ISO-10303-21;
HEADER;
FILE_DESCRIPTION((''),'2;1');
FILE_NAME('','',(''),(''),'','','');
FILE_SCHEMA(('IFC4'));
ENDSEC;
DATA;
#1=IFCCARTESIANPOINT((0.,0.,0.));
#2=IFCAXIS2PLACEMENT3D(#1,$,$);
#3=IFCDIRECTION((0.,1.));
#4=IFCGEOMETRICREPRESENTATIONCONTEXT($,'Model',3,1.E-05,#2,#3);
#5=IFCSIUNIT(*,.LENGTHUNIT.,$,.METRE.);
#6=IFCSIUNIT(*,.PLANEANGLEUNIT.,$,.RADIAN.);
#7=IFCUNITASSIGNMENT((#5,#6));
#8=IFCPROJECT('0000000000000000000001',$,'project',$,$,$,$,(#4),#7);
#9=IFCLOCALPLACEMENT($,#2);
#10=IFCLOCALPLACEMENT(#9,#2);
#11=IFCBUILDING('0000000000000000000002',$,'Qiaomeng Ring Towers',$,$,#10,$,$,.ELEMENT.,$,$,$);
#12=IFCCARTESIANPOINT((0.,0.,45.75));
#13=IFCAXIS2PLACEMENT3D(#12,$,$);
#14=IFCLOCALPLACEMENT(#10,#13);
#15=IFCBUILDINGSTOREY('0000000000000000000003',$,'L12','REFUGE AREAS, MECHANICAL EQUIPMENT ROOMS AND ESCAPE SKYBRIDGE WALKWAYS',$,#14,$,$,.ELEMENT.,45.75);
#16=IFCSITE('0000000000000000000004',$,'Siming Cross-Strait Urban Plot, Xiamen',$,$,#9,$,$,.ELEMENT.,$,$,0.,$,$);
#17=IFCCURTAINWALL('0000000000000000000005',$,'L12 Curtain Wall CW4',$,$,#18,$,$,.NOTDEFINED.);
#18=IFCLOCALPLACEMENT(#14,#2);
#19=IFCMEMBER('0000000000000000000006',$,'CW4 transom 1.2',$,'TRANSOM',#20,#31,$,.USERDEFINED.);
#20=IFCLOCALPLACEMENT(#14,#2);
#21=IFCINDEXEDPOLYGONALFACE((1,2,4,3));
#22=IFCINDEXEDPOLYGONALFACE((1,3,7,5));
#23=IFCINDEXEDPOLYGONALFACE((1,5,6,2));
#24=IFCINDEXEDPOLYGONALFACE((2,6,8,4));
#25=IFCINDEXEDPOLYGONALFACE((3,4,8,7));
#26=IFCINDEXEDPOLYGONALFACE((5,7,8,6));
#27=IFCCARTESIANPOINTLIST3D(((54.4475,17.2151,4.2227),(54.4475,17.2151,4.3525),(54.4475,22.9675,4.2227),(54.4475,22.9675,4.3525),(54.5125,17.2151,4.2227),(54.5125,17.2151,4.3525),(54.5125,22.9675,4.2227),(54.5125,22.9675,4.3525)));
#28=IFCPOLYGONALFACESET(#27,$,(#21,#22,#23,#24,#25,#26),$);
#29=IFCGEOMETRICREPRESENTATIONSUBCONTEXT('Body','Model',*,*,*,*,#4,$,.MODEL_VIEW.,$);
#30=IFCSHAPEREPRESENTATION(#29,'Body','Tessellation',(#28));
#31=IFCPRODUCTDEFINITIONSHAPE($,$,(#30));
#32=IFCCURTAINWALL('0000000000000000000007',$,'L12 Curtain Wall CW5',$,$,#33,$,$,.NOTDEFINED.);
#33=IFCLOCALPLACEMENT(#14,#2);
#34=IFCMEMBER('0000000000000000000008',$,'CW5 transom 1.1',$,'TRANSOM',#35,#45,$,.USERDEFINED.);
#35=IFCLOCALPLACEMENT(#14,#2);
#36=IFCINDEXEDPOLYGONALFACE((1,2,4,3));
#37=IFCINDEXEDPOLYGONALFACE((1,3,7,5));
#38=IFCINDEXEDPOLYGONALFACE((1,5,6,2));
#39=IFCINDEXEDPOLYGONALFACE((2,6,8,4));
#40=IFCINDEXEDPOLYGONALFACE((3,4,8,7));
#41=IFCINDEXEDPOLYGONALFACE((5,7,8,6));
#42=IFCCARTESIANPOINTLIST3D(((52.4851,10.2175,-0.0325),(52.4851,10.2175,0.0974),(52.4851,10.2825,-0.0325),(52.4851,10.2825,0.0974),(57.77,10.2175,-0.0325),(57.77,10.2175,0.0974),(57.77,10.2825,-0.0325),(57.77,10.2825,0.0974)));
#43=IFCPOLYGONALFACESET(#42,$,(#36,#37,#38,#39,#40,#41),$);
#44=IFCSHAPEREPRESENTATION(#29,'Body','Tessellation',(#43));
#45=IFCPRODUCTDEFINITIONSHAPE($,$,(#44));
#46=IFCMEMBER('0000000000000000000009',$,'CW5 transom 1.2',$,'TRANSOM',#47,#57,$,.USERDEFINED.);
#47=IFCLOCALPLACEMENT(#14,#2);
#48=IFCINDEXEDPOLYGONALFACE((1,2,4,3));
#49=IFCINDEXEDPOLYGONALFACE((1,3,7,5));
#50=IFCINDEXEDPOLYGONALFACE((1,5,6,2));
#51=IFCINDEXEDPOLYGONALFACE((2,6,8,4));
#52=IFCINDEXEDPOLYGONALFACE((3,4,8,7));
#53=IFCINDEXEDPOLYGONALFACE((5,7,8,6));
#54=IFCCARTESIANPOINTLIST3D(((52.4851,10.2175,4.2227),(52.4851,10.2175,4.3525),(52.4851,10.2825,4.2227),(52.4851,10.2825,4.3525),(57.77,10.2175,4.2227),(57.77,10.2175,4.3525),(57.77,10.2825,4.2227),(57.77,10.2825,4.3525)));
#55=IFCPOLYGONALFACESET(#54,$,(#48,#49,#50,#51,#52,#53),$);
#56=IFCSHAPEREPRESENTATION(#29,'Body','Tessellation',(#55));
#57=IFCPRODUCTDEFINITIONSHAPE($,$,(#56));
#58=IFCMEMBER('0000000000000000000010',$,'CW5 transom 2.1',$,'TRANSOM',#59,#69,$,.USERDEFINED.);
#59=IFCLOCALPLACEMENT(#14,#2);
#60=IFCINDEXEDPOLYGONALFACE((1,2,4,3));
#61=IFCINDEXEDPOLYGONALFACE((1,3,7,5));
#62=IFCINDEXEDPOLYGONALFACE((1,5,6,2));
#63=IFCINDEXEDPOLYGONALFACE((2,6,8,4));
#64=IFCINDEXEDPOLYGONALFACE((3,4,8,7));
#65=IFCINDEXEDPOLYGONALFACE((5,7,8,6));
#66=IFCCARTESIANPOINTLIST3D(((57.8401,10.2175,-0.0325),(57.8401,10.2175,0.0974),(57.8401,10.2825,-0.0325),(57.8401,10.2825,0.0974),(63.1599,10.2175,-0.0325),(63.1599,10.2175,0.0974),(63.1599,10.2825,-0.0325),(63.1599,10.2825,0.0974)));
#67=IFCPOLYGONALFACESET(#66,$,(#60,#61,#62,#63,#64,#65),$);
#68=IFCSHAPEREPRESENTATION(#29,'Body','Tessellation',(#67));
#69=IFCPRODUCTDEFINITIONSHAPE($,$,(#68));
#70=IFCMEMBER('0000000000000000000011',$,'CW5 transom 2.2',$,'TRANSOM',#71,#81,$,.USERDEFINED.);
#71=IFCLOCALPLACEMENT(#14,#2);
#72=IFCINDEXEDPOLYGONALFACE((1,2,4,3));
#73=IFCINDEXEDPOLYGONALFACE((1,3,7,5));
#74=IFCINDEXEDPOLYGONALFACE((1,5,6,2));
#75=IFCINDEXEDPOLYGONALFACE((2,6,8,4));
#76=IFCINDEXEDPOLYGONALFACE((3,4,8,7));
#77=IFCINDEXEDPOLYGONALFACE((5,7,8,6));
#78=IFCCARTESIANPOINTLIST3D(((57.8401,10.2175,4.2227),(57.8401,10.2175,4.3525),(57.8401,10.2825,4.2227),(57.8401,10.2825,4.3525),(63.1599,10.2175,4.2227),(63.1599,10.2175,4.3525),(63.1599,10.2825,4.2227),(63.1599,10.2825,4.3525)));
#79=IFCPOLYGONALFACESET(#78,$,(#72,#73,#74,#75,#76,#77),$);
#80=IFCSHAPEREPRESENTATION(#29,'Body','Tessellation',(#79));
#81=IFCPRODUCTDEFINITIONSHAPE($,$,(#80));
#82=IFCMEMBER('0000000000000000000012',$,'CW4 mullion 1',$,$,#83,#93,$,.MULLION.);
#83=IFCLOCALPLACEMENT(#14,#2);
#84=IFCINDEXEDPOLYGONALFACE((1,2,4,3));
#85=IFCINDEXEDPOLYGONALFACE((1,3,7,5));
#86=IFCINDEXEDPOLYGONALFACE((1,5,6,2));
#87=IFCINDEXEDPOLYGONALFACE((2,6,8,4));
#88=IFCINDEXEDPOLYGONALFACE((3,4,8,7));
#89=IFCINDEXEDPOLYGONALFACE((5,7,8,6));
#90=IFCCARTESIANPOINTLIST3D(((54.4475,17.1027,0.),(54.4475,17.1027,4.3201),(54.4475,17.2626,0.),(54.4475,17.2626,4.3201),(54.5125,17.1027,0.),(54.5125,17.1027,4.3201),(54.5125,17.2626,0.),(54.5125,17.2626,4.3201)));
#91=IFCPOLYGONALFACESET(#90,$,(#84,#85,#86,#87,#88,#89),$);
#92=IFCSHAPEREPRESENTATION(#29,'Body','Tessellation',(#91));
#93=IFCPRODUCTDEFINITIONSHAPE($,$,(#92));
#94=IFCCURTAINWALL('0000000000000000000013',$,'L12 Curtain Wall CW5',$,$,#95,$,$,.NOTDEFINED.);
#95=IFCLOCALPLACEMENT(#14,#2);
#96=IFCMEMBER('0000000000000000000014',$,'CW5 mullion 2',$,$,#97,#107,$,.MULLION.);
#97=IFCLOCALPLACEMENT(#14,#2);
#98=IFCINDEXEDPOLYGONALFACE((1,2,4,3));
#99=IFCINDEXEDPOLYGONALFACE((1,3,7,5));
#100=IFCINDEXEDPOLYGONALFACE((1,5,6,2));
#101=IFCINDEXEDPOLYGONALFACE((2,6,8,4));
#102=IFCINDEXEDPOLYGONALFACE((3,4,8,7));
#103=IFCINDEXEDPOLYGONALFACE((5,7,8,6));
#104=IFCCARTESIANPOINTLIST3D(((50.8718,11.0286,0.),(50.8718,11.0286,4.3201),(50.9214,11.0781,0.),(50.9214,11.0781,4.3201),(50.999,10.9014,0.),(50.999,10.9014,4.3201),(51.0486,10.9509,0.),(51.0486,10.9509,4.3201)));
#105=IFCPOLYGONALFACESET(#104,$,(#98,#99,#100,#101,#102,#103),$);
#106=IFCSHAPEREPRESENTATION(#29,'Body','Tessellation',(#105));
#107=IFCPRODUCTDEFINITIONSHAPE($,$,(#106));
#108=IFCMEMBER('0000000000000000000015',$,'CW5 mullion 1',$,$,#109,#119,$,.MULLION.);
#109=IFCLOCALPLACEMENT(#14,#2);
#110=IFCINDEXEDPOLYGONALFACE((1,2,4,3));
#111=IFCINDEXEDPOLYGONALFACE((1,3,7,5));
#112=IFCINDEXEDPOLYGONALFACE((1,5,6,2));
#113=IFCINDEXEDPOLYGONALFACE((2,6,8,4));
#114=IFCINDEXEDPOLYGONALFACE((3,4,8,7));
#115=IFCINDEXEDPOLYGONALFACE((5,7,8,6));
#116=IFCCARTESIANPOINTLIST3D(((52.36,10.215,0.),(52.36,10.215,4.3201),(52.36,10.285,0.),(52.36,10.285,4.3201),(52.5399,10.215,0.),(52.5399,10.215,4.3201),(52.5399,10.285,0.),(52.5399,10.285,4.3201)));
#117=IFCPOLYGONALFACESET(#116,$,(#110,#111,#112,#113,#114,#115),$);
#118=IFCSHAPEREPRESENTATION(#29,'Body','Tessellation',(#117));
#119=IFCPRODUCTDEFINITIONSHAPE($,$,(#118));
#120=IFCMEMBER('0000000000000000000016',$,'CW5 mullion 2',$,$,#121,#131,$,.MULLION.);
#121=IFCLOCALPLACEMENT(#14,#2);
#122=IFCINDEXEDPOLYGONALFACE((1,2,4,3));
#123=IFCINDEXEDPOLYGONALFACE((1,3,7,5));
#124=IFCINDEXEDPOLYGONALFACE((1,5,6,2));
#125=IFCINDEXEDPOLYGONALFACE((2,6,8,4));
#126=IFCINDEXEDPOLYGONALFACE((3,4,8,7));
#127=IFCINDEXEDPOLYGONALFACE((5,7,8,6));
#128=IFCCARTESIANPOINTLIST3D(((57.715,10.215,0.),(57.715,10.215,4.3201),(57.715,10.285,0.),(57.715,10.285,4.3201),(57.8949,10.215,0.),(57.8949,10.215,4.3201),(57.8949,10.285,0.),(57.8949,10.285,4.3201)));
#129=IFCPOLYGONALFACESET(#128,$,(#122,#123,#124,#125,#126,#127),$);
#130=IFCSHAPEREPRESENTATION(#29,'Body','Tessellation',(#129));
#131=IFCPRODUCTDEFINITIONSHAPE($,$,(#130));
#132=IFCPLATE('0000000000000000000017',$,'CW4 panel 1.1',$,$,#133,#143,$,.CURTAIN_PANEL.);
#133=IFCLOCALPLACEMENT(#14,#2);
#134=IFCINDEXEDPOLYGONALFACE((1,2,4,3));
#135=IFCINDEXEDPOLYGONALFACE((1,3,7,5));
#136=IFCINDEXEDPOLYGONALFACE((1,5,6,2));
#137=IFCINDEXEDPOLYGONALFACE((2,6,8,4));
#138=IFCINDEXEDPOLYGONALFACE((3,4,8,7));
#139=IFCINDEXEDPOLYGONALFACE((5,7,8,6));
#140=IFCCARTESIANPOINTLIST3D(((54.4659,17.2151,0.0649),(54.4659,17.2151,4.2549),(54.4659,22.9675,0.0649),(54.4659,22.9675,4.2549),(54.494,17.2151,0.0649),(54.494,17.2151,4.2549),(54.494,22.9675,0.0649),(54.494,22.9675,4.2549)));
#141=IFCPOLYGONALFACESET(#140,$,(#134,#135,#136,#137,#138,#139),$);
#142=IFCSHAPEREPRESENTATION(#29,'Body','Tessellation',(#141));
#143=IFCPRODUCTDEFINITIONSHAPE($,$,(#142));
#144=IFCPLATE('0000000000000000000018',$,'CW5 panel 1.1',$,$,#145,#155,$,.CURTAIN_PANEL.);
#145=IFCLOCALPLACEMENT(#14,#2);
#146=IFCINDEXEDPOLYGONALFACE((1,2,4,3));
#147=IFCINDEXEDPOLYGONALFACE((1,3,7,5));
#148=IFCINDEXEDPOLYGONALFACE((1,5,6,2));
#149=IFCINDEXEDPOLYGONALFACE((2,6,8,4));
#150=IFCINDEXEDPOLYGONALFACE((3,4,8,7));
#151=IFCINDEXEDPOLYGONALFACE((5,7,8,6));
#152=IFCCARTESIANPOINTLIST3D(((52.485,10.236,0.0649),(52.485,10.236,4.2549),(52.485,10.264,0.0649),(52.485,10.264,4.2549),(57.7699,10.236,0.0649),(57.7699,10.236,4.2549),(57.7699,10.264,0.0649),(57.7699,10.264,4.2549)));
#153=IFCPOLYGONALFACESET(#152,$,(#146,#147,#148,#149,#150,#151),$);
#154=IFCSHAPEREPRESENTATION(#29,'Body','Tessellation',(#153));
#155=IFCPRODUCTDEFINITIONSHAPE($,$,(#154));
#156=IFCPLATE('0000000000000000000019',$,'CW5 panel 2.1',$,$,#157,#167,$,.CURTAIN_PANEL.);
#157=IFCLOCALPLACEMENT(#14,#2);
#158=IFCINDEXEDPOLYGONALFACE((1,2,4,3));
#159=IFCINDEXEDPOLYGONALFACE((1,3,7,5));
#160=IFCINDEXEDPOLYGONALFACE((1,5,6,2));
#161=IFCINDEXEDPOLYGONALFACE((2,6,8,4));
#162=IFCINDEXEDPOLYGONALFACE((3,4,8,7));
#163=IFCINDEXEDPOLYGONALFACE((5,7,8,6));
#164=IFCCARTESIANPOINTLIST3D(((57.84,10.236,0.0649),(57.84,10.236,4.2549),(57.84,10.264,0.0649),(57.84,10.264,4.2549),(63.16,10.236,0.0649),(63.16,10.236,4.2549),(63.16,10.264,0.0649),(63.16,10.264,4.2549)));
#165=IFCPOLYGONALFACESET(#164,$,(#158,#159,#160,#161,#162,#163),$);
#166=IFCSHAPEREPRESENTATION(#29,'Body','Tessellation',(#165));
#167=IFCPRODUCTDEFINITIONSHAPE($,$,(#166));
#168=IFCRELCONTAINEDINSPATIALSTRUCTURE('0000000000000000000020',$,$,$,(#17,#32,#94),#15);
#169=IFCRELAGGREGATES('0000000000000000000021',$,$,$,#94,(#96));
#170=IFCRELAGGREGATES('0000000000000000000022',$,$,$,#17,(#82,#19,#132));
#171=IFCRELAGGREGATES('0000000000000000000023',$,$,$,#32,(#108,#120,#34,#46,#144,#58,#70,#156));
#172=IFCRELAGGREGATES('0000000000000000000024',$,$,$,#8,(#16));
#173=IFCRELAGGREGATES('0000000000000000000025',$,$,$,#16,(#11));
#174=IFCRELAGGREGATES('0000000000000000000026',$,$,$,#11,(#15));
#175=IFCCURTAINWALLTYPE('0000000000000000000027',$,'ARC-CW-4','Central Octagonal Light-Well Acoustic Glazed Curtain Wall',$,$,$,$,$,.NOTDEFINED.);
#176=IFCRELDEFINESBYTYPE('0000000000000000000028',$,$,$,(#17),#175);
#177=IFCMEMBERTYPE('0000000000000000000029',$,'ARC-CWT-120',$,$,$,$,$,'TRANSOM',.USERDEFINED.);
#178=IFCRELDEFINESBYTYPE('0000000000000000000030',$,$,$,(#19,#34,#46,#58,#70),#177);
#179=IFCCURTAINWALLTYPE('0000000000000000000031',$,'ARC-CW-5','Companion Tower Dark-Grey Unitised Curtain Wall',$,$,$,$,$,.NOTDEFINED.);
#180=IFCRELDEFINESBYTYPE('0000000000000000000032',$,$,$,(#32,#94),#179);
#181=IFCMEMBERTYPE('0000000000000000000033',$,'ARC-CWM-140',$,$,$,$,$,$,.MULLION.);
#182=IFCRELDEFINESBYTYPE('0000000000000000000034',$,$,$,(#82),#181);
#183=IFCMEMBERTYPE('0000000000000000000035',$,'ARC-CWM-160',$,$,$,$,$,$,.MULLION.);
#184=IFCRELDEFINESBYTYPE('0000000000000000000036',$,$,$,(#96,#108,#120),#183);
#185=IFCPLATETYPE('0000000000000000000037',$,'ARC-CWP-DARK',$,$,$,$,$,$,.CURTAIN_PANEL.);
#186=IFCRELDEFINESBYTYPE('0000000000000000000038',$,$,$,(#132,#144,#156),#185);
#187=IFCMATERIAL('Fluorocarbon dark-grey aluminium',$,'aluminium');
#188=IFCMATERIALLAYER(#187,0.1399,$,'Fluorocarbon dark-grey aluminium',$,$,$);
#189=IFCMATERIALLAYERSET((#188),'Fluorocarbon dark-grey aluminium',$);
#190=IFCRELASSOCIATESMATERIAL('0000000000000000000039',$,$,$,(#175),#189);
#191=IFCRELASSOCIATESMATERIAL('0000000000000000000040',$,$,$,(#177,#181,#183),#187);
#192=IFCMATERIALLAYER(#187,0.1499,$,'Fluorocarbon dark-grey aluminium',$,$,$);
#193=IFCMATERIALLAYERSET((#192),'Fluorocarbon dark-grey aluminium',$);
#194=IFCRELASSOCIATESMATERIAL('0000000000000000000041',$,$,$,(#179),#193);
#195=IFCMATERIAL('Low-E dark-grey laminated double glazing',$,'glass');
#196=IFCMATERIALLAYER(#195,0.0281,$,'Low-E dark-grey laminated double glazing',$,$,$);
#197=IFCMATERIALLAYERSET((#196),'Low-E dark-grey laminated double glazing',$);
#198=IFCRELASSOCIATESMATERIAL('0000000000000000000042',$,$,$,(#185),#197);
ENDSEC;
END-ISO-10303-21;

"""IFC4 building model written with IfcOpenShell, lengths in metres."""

from ifc_helpers import new_model, si_unit, direction, frame, origin, origin_2d, place, context, subcontext, project, spatial, rectangle, extrude, source, transform, mapped, material, layer, layer_set, material_profile, profile_set, type_object, element, aggregate, save


model = new_model("IFC4")

# Units and contexts
model_context = context("Model", 3, precision=1e-05, world=origin(), true_north=direction((0.0, 1.0)))
body_context = subcontext(model_context, "Body", "Model", "MODEL_VIEW")
ifc_project = project(units=[si_unit("LENGTHUNIT", "METRE"), si_unit("PLANEANGLEUNIT", "RADIAN")], contexts=[model_context])

# Site, building, storey
site_placement = place(None, origin())
site = spatial("IfcSite", under=ifc_project, at=site_placement, Name="Siming Cross-Strait Urban Plot, Xiamen", CompositionType="ELEMENT", RefElevation=0.0)
building_placement = place(site_placement, origin())
building = spatial("IfcBuilding", under=site, at=building_placement, Name="Qiaomeng Ring Towers", CompositionType="ELEMENT")
storey_placement = place(building_placement, frame((0.0, 0.0, 45.75)))
storey = spatial("IfcBuildingStorey", under=building, at=storey_placement, Name="L12", Description="REFUGE AREAS, MECHANICAL EQUIPMENT ROOMS AND ESCAPE SKYBRIDGE WALKWAYS", CompositionType="ELEMENT", Elevation=45.75)

# Curtain walls, members
ifc_material_1 = material(Name="Fluorocarbon dark-grey aluminium", Category="aluminium")
ifc_layer_1 = layer(ifc_material_1, 0.1399, Name="Fluorocarbon dark-grey aluminium")
ifc_layer_set_1 = layer_set([ifc_layer_1], Name="Fluorocarbon dark-grey aluminium")
curtain_wall_type_1 = type_object("IfcCurtainWallType", Name="ARC-CW-4", Description="Central Octagonal Light-Well Acoustic Glazed Curtain Wall", PredefinedType="NOTDEFINED", material=ifc_layer_set_1)
curtain_wall_1_placement = place(storey_placement, origin())
curtain_wall_1 = element("IfcCurtainWall", 1, at=curtain_wall_1_placement, inside=storey, type_object=curtain_wall_type_1, Name="L12 Curtain Wall CW4", PredefinedType="NOTDEFINED")
ifc_material_profile_1 = material_profile(ifc_material_1, rectangle(XDim=0.0649, YDim=0.1299, at=origin_2d()), Name="ALU TRAN 65x130")
ifc_profile_set_1 = profile_set([ifc_material_profile_1], Name="Fluorocarbon dark-grey aluminium")
member_type_1 = type_object("IfcMemberType", Name="ARC-CWT-120", ElementType="TRANSOM", PredefinedType="USERDEFINED", material=ifc_profile_set_1)
shared_shape_1 = source(origin(), body_context, "Body", "SweptSolid", [
    extrude(rectangle(XDim=0.0649, YDim=0.1299, at=origin_2d()), origin(), (0.0, 0.0, 1.0), 5.7524),
])
member_1_placement = place(storey_placement, frame((54.48, 17.2151, 4.2876), z_axis=(0.0, 1.0, 0.0), x_axis=(-1.0, 0.0, 0.0)))
member_1 = element("IfcMember", 2, at=member_1_placement, type_object=member_type_1, Name="CW4 transom 1.2", ObjectType="TRANSOM", PredefinedType="USERDEFINED", context=body_context, shape_type="MappedRepresentation", body=[
    mapped(shared_shape_1, transform((0.0, 0.0, 0.0), x_axis=(1.0, 0.0, 0.0), y_axis=(0.0, 1.0, 0.0), z_axis=(0.0, 0.0, 1.0), scale=1.0)),
])
ifc_layer_2 = layer(ifc_material_1, 0.1499, Name="Fluorocarbon dark-grey aluminium")
ifc_layer_set_2 = layer_set([ifc_layer_2], Name="Fluorocarbon dark-grey aluminium")
curtain_wall_type_2 = type_object("IfcCurtainWallType", Name="ARC-CW-5", Description="Companion Tower Dark-Grey Unitised Curtain Wall", PredefinedType="NOTDEFINED", material=ifc_layer_set_2)
curtain_wall_2_placement = place(storey_placement, origin())
curtain_wall_2 = element("IfcCurtainWall", 3, at=curtain_wall_2_placement, inside=storey, type_object=curtain_wall_type_2, Name="L12 Curtain Wall CW5", PredefinedType="NOTDEFINED")
shared_shape_2 = source(origin(), body_context, "Body", "SweptSolid", [
    extrude(rectangle(XDim=0.0649, YDim=0.1299, at=origin_2d()), origin(), (0.0, 0.0, 1.0), 5.2849),
])
member_2_placement = place(storey_placement, frame((52.4851, 10.25, 0.0325), z_axis=(1.0, 0.0, 0.0), x_axis=(0.0, 1.0, 0.0)))
member_2 = element("IfcMember", 4, at=member_2_placement, type_object=member_type_1, Name="CW5 transom 1.1", ObjectType="TRANSOM", PredefinedType="USERDEFINED", context=body_context, shape_type="MappedRepresentation", body=[
    mapped(shared_shape_2, transform((0.0, 0.0, 0.0), x_axis=(1.0, 0.0, 0.0), y_axis=(0.0, 1.0, 0.0), z_axis=(0.0, 0.0, 1.0), scale=1.0)),
])
member_3_placement = place(storey_placement, frame((52.4851, 10.25, 4.2876), z_axis=(1.0, 0.0, 0.0), x_axis=(0.0, 1.0, 0.0)))
member_3 = element("IfcMember", 5, at=member_3_placement, type_object=member_type_1, Name="CW5 transom 1.2", ObjectType="TRANSOM", PredefinedType="USERDEFINED", context=body_context, shape_type="MappedRepresentation", body=[
    mapped(shared_shape_2, transform((0.0, 0.0, 0.0), x_axis=(1.0, 0.0, 0.0), y_axis=(0.0, 1.0, 0.0), z_axis=(0.0, 0.0, 1.0), scale=1.0)),
])
shared_shape_3 = source(origin(), body_context, "Body", "SweptSolid", [
    extrude(rectangle(XDim=0.0649, YDim=0.1299, at=origin_2d()), origin(), (0.0, 0.0, 1.0), 5.3198),
])
member_4_placement = place(storey_placement, frame((57.8401, 10.25, 0.0325), z_axis=(1.0, 0.0, 0.0), x_axis=(0.0, 1.0, 0.0)))
member_4 = element("IfcMember", 6, at=member_4_placement, type_object=member_type_1, Name="CW5 transom 2.1", ObjectType="TRANSOM", PredefinedType="USERDEFINED", context=body_context, shape_type="MappedRepresentation", body=[
    mapped(shared_shape_3, transform((0.0, 0.0, 0.0), x_axis=(1.0, 0.0, 0.0), y_axis=(0.0, 1.0, 0.0), z_axis=(0.0, 0.0, 1.0), scale=1.0)),
])
member_5_placement = place(storey_placement, frame((57.8401, 10.25, 4.2876), z_axis=(1.0, 0.0, 0.0), x_axis=(0.0, 1.0, 0.0)))
member_5 = element("IfcMember", 7, at=member_5_placement, type_object=member_type_1, Name="CW5 transom 2.2", ObjectType="TRANSOM", PredefinedType="USERDEFINED", context=body_context, shape_type="MappedRepresentation", body=[
    mapped(shared_shape_3, transform((0.0, 0.0, 0.0), x_axis=(1.0, 0.0, 0.0), y_axis=(0.0, 1.0, 0.0), z_axis=(0.0, 0.0, 1.0), scale=1.0)),
])

# Member
ifc_material_profile_2 = material_profile(ifc_material_1, rectangle(XDim=0.0649, YDim=0.1599, at=origin_2d()), Name="ALU MULL 65x160")
ifc_profile_set_2 = profile_set([ifc_material_profile_2], Name="Fluorocarbon dark-grey aluminium")
member_type_2 = type_object("IfcMemberType", Name="ARC-CWM-140", PredefinedType="MULLION", material=ifc_profile_set_2)
shared_shape_4 = source(origin(), body_context, "Body", "SweptSolid", [
    extrude(rectangle(XDim=0.0649, YDim=0.1599, at=origin_2d()), origin(), (0.0, 0.0, 1.0), 4.3201),
])
member_6_placement = place(storey_placement, frame((54.48, 17.1826, 0.0), z_axis=(0.0, 0.0, 1.0), x_axis=(-1.0, 0.0, 0.0)))
member_6 = element("IfcMember", 8, at=member_6_placement, type_object=member_type_2, Name="CW4 mullion 1", PredefinedType="MULLION", context=body_context, shape_type="MappedRepresentation", body=[
    mapped(shared_shape_4, transform((0.0, 0.0, 0.0), x_axis=(1.0, 0.0, 0.0), y_axis=(0.0, 1.0, 0.0), z_axis=(0.0, 0.0, 1.0), scale=1.0)),
])

# Curtain wall, member
curtain_wall_3_placement = place(storey_placement, origin())
curtain_wall_3 = element("IfcCurtainWall", 9, at=curtain_wall_3_placement, inside=storey, type_object=curtain_wall_type_2, Name="L12 Curtain Wall CW5", PredefinedType="NOTDEFINED")
ifc_material_profile_3 = material_profile(ifc_material_1, rectangle(XDim=0.0701, YDim=0.1799, at=origin_2d()), Name="ALU MULL 70x180")
ifc_profile_set_3 = profile_set([ifc_material_profile_3], Name="Fluorocarbon dark-grey aluminium")
member_type_3 = type_object("IfcMemberType", Name="ARC-CWM-160", PredefinedType="MULLION", material=ifc_profile_set_3)
shared_shape_5 = source(origin(), body_context, "Body", "SweptSolid", [
    extrude(rectangle(XDim=0.0701, YDim=0.1799, at=origin_2d()), origin(), (0.0, 0.0, 1.0), 4.3201),
])
member_7_placement = place(storey_placement, frame((50.9602, 10.9897, 0.0), z_axis=(0.0, 0.0, 1.0), x_axis=(0.707107, 0.707107, 0.0)))
member_7 = element("IfcMember", 10, at=member_7_placement, type_object=member_type_3, Name="CW5 mullion 2", PredefinedType="MULLION", context=body_context, shape_type="MappedRepresentation", body=[
    mapped(shared_shape_5, transform((0.0, 0.0, 0.0), x_axis=(1.0, 0.0, 0.0), y_axis=(0.0, 1.0, 0.0), z_axis=(0.0, 0.0, 1.0), scale=1.0)),
])
aggregate(curtain_wall_3, [member_7])

# Members
member_8_placement = place(storey_placement, frame((52.45, 10.25, 0.0), z_axis=(0.0, 0.0, 1.0), x_axis=(0.0, 1.0, 0.0)))
member_8 = element("IfcMember", 11, at=member_8_placement, type_object=member_type_3, Name="CW5 mullion 1", PredefinedType="MULLION", context=body_context, shape_type="MappedRepresentation", body=[
    mapped(shared_shape_5, transform((0.0, 0.0, 0.0), x_axis=(1.0, 0.0, 0.0), y_axis=(0.0, 1.0, 0.0), z_axis=(0.0, 0.0, 1.0), scale=1.0)),
])
member_9_placement = place(storey_placement, frame((57.8049, 10.25, 0.0), z_axis=(0.0, 0.0, 1.0), x_axis=(0.0, 1.0, 0.0)))
member_9 = element("IfcMember", 12, at=member_9_placement, type_object=member_type_3, Name="CW5 mullion 2", PredefinedType="MULLION", context=body_context, shape_type="MappedRepresentation", body=[
    mapped(shared_shape_5, transform((0.0, 0.0, 0.0), x_axis=(1.0, 0.0, 0.0), y_axis=(0.0, 1.0, 0.0), z_axis=(0.0, 0.0, 1.0), scale=1.0)),
])

# Plates
ifc_material_2 = material(Name="Low-E dark-grey laminated double glazing", Category="glass")
ifc_layer_3 = layer(ifc_material_2, 0.0281, Name="Low-E dark-grey laminated double glazing")
ifc_layer_set_3 = layer_set([ifc_layer_3], Name="Low-E dark-grey laminated double glazing")
plate_type = type_object("IfcPlateType", Name="ARC-CWP-DARK", PredefinedType="CURTAIN_PANEL", material=ifc_layer_set_3)
shared_shape_6 = source(origin(), body_context, "Body", "SweptSolid", [
    extrude(rectangle(XDim=5.7524, YDim=0.0281, at=origin_2d()), origin(), (0.0, 0.0, 1.0), 4.1899),
])
plate_1_placement = place(storey_placement, frame((54.48, 20.0913, 0.0649), z_axis=(0.0, 0.0, 1.0), x_axis=(0.0, 1.0, 0.0)))
plate_1 = element("IfcPlate", 13, at=plate_1_placement, type_object=plate_type, Name="CW4 panel 1.1", PredefinedType="CURTAIN_PANEL", context=body_context, shape_type="MappedRepresentation", body=[
    mapped(shared_shape_6, transform((0.0, 0.0, 0.0), x_axis=(1.0, 0.0, 0.0), y_axis=(0.0, 1.0, 0.0), z_axis=(0.0, 0.0, 1.0), scale=1.0)),
])
aggregate(curtain_wall_1, [member_6, member_1, plate_1])
shared_shape_7 = source(origin(), body_context, "Body", "SweptSolid", [
    extrude(rectangle(XDim=5.2849, YDim=0.0281, at=origin_2d()), origin(), (0.0, 0.0, 1.0), 4.1899),
])
plate_2_placement = place(storey_placement, frame((55.1274, 10.25, 0.0649), z_axis=(0.0, 0.0, 1.0), x_axis=(1.0, 0.0, 0.0)))
plate_2 = element("IfcPlate", 14, at=plate_2_placement, type_object=plate_type, Name="CW5 panel 1.1", PredefinedType="CURTAIN_PANEL", context=body_context, shape_type="MappedRepresentation", body=[
    mapped(shared_shape_7, transform((0.0, 0.0, 0.0), x_axis=(1.0, 0.0, 0.0), y_axis=(0.0, 1.0, 0.0), z_axis=(0.0, 0.0, 1.0), scale=1.0)),
])
shared_shape_8 = source(origin(), body_context, "Body", "SweptSolid", [
    extrude(rectangle(XDim=5.3201, YDim=0.0281, at=origin_2d()), origin(), (0.0, 0.0, 1.0), 4.1899),
])
plate_3_placement = place(storey_placement, frame((60.5, 10.25, 0.0649), z_axis=(0.0, 0.0, 1.0), x_axis=(1.0, 0.0, 0.0)))
plate_3 = element("IfcPlate", 15, at=plate_3_placement, type_object=plate_type, Name="CW5 panel 2.1", PredefinedType="CURTAIN_PANEL", context=body_context, shape_type="MappedRepresentation", body=[
    mapped(shared_shape_8, transform((0.0, 0.0, 0.0), x_axis=(1.0, 0.0, 0.0), y_axis=(0.0, 1.0, 0.0), z_axis=(0.0, 0.0, 1.0), scale=1.0)),
])
aggregate(curtain_wall_2, [member_8, member_9, member_2, member_3, plate_2, member_4, member_5, plate_3])

save(model, "model.ifc")
